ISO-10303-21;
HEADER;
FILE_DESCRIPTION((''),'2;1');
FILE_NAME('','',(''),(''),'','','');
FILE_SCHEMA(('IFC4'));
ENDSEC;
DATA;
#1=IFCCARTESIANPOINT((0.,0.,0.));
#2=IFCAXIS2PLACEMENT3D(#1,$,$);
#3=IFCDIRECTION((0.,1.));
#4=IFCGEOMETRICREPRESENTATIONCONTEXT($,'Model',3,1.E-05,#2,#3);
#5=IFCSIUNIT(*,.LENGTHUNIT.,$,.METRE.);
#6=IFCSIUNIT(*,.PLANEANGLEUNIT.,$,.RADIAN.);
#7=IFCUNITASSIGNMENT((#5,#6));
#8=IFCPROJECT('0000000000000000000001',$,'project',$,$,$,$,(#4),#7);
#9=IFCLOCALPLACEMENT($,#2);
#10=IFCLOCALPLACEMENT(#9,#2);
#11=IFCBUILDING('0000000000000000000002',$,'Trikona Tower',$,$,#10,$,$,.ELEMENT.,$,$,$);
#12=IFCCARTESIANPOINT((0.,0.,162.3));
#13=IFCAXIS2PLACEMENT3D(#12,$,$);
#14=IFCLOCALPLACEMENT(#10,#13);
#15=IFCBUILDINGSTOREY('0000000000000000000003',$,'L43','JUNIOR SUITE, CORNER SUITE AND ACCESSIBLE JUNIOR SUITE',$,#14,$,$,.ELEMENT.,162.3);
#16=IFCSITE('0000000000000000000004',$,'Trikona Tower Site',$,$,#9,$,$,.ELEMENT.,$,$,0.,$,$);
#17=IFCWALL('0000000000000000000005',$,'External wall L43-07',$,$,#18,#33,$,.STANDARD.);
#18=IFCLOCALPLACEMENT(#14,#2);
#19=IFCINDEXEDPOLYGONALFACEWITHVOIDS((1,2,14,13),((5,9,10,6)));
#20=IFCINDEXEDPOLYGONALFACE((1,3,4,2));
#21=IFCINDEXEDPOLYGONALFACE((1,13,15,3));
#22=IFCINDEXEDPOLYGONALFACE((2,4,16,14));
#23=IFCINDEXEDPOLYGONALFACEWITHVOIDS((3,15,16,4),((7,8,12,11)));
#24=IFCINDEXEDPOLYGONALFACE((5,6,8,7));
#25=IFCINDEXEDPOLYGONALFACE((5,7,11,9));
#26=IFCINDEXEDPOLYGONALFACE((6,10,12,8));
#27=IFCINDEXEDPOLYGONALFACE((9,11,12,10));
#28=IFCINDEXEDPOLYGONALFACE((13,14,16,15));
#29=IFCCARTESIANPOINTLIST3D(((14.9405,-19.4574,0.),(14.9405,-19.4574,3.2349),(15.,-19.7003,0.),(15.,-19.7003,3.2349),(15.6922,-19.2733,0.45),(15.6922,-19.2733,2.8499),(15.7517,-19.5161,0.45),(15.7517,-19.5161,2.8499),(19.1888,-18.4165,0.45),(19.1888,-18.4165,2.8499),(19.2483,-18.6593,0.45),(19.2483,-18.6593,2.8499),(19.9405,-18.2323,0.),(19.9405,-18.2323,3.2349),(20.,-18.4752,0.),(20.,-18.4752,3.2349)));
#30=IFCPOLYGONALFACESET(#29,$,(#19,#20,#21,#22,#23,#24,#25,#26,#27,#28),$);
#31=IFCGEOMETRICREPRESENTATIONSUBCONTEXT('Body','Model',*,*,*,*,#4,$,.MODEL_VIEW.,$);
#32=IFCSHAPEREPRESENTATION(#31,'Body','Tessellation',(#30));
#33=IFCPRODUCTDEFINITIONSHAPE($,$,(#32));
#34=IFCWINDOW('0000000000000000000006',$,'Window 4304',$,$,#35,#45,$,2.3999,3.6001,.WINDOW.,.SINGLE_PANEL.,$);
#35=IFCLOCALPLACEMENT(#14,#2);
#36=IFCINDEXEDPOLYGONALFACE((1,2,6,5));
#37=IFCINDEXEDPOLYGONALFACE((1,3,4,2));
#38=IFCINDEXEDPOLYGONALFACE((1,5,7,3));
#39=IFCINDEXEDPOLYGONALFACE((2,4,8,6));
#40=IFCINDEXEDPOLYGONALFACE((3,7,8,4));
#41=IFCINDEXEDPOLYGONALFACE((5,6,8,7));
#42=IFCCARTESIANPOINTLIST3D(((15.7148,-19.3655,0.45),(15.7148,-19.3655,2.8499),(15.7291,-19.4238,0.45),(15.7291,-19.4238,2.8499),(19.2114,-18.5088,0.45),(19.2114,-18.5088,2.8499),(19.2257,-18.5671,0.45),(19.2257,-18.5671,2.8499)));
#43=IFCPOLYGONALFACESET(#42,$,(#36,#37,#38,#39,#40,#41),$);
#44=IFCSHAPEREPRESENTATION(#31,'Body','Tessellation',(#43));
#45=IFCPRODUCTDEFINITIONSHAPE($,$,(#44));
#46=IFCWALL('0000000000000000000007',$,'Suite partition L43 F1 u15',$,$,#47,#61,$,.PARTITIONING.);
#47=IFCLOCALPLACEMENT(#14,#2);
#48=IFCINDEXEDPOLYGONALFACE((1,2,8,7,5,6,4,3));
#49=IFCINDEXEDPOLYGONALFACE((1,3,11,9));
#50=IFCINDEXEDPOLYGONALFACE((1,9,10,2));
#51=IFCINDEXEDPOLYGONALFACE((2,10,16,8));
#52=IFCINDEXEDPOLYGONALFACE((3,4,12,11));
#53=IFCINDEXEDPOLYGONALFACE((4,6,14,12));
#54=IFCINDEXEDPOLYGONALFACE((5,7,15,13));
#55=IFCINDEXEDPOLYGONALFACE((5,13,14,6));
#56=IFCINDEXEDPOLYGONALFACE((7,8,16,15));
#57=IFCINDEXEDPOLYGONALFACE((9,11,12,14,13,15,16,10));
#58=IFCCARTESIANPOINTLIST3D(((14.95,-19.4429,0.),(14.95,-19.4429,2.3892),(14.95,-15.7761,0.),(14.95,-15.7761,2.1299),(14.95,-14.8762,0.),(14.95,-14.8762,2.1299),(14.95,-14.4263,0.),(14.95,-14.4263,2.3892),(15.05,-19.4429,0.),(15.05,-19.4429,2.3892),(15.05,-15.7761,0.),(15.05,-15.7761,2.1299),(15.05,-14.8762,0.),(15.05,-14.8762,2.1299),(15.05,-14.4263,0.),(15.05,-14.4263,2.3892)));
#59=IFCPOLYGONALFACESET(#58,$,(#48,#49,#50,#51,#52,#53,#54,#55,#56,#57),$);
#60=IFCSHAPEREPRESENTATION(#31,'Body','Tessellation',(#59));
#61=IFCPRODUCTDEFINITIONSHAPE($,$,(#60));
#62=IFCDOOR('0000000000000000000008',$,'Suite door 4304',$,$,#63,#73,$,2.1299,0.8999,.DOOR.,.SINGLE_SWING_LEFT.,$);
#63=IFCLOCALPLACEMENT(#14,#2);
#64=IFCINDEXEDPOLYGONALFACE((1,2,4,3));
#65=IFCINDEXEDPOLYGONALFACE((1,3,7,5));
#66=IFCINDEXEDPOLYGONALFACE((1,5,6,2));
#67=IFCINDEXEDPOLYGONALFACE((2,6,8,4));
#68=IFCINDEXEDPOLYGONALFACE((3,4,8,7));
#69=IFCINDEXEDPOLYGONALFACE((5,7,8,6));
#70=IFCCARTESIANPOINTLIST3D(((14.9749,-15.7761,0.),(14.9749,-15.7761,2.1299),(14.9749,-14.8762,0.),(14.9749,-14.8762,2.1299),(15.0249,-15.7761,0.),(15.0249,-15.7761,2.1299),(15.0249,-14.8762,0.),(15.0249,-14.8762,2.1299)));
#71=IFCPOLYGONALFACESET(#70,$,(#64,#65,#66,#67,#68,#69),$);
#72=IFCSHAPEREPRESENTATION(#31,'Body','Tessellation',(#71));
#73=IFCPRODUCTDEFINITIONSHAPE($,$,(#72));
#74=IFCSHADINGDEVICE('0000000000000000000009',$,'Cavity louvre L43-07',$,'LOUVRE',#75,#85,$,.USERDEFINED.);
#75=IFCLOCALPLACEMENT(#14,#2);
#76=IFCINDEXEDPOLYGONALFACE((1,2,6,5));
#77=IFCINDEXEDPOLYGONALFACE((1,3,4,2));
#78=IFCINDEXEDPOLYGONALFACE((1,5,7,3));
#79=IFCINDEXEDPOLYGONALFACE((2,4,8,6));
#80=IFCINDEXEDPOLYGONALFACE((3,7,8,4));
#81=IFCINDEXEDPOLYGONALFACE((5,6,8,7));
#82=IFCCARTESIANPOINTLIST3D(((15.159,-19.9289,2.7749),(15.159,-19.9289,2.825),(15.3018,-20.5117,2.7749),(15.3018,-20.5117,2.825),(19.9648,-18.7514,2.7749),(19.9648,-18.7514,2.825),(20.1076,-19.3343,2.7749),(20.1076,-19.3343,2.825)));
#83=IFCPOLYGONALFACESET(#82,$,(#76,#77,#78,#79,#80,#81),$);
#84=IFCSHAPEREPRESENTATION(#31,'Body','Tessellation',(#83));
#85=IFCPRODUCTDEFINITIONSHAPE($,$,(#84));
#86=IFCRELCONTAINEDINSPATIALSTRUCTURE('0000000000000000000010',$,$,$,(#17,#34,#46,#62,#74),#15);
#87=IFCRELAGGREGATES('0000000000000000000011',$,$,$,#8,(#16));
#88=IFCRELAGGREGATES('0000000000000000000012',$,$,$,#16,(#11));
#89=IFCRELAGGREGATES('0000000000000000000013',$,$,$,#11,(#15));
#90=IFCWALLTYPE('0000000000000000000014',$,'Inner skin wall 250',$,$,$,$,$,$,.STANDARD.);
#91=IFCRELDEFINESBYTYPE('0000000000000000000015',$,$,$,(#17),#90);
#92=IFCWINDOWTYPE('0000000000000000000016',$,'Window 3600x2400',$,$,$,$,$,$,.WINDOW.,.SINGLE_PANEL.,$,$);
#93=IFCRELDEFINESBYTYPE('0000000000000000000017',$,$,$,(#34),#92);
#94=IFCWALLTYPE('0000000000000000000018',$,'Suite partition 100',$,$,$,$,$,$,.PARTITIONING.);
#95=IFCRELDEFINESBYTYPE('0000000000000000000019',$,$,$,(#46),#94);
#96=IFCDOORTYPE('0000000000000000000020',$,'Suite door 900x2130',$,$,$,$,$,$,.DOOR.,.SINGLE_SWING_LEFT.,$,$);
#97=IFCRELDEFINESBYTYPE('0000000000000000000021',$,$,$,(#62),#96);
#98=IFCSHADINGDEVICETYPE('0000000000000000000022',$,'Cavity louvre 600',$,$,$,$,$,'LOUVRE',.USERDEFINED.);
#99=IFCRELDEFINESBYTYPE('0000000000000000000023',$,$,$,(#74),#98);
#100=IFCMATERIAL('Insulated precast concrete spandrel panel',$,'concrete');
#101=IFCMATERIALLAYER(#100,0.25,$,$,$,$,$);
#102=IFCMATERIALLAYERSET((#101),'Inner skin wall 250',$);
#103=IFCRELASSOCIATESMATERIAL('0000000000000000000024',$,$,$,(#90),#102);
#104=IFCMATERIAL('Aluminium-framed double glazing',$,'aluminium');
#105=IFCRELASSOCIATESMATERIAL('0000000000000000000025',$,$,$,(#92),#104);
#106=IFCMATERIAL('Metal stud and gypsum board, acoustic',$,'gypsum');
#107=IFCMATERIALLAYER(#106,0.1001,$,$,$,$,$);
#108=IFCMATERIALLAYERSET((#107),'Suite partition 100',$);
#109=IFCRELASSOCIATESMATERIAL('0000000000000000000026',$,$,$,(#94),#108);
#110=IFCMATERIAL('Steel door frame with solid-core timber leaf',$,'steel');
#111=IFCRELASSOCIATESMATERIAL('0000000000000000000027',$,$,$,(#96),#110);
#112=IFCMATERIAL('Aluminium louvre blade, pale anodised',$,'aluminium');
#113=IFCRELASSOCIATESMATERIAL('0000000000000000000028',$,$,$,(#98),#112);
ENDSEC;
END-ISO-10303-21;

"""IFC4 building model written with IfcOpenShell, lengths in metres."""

from ifc_helpers import new_model, si_unit, direction, frame, frame_2d, origin, origin_2d, place, context, subcontext, project, spatial, rectangle, extrude, material, layer, layer_set, type_object, element, fill, save


model = new_model("IFC4")

# Units and contexts
model_context = context("Model", 3, precision=1e-05, world=origin(), true_north=direction((0.0, 1.0)))
body_context = subcontext(model_context, "Body", "Model", "MODEL_VIEW")
ifc_project = project(units=[si_unit("LENGTHUNIT", "METRE"), si_unit("PLANEANGLEUNIT", "RADIAN")], contexts=[model_context])

# Site, building, storey
site_placement = place(None, origin())
site = spatial("IfcSite", under=ifc_project, at=site_placement, Name="Trikona Tower Site", CompositionType="ELEMENT", RefElevation=0.0)
building_placement = place(site_placement, origin())
building = spatial("IfcBuilding", under=site, at=building_placement, Name="Trikona Tower", CompositionType="ELEMENT")
storey_placement = place(building_placement, frame((0.0, 0.0, 162.3)))
storey = spatial("IfcBuildingStorey", under=building, at=storey_placement, Name="L43", Description="JUNIOR SUITE, CORNER SUITE AND ACCESSIBLE JUNIOR SUITE", CompositionType="ELEMENT", Elevation=162.3)

# Wall, opening, window
ifc_material_1 = material(Name="Insulated precast concrete spandrel panel", Category="concrete")
ifc_layer_1 = layer(ifc_material_1, 0.25)
ifc_layer_set_1 = layer_set([ifc_layer_1], Name="Inner skin wall 250")
wall_type_1 = type_object("IfcWallType", Name="Inner skin wall 250", PredefinedType="STANDARD", material=ifc_layer_set_1)
wall_1_placement = place(storey_placement, frame((14.9702, -19.5789, 0.0), z_axis=(0.0, 0.0, 1.0), x_axis=(0.97127, 0.23798, 0.0)))
wall_1 = element("IfcWall", 1, at=wall_1_placement, inside=storey, type_object=wall_type_1, Name="External wall L43-07", PredefinedType="STANDARD", context=body_context, shape_type="SweptSolid", body=[
    extrude(rectangle(XDim=5.1479, YDim=0.25, at=frame_2d((2.574, 0.0))), origin(), (0.0, 0.0, 1.0), 3.2349),
])
opening_1_placement = place(wall_1_placement, frame((0.7739, 0.0, 0.45)))
opening_1 = element("IfcOpeningElement", 2, at=opening_1_placement, cuts=wall_1, PredefinedType="OPENING", context=body_context, shape_type="SweptSolid", body=[
    extrude(rectangle(XDim=3.6001, YDim=2.3999, at=frame_2d((1.8, 1.2))), frame((0.0, 0.135, 0.0), z_axis=(0.0, -1.0, 0.0), x_axis=(1.0, 0.0, 0.0)), (0.0, 0.0, 1.0), 0.27),
])
ifc_material_2 = material(Name="Aluminium-framed double glazing", Category="aluminium")
window_type = type_object("IfcWindowType", Name="Window 3600x2400", PartitioningType="SINGLE_PANEL", PredefinedType="WINDOW", material=ifc_material_2)
window_placement = place(opening_1_placement, origin())
window = element("IfcWindow", 3, at=window_placement, inside=storey, type_object=window_type, Name="Window 4304", OverallHeight=2.3999, OverallWidth=3.6001, PartitioningType="SINGLE_PANEL", PredefinedType="WINDOW", context=body_context, shape_type="SweptSolid", body=[
    extrude(rectangle(XDim=3.6001, YDim=2.3999, at=frame_2d((1.8, 1.2))), frame((0.0, 0.03, 0.0), z_axis=(0.0, -1.0, 0.0), x_axis=(1.0, 0.0, 0.0)), (0.0, 0.0, 1.0), 0.0601),
])
fill(opening_1, window)

# Wall, opening, door
ifc_material_3 = material(Name="Metal stud and gypsum board, acoustic", Category="gypsum")
ifc_layer_2 = layer(ifc_material_3, 0.1001)
ifc_layer_set_2 = layer_set([ifc_layer_2], Name="Suite partition 100")
wall_type_2 = type_object("IfcWallType", Name="Suite partition 100", PredefinedType="PARTITIONING", material=ifc_layer_set_2)
wall_2_placement = place(storey_placement, frame((15.0, -14.4263, 0.0), z_axis=(0.0, 0.0, 1.0), x_axis=(0.0, -1.0, 0.0)))
wall_2 = element("IfcWall", 4, at=wall_2_placement, inside=storey, type_object=wall_type_2, Name="Suite partition L43 F1 u15", PredefinedType="PARTITIONING", context=body_context, shape_type="SweptSolid", body=[
    extrude(rectangle(XDim=5.0166, YDim=0.1001, at=frame_2d((2.5083, 0.0))), origin(), (0.0, 0.0, 1.0), 2.3892),
])
opening_2_placement = place(wall_2_placement, frame((0.45, 0.0, 0.0)))
opening_2 = element("IfcOpeningElement", 5, at=opening_2_placement, cuts=wall_2, PredefinedType="OPENING", context=body_context, shape_type="SweptSolid", body=[
    extrude(rectangle(XDim=0.8999, YDim=2.1299, at=frame_2d((0.45, 1.0649))), frame((0.0, 0.0601, 0.0), z_axis=(0.0, -1.0, 0.0), x_axis=(1.0, 0.0, 0.0)), (0.0, 0.0, 1.0), 0.1201),
])
ifc_material_4 = material(Name="Steel door frame with solid-core timber leaf", Category="steel")
door_type = type_object("IfcDoorType", Name="Suite door 900x2130", OperationType="SINGLE_SWING_LEFT", PredefinedType="DOOR", material=ifc_material_4)
door_placement = place(opening_2_placement, origin())
door = element("IfcDoor", 6, at=door_placement, inside=storey, type_object=door_type, Name="Suite door 4304", OperationType="SINGLE_SWING_LEFT", OverallHeight=2.1299, OverallWidth=0.8999, PredefinedType="DOOR", context=body_context, shape_type="SweptSolid", body=[
    extrude(rectangle(XDim=0.8999, YDim=2.1299, at=frame_2d((0.45, 1.0649))), frame((0.0, 0.0249, 0.0), z_axis=(0.0, -1.0, 0.0), x_axis=(1.0, 0.0, 0.0)), (0.0, 0.0, 1.0), 0.05),
])
fill(opening_2, door)

# Shading device
ifc_material_5 = material(Name="Aluminium louvre blade, pale anodised", Category="aluminium")
shading_device_type = type_object("IfcShadingDeviceType", Name="Cavity louvre 600", ElementType="LOUVRE", PredefinedType="USERDEFINED", material=ifc_material_5)
shading_device_placement = place(storey_placement, frame((17.6333, -19.6316, 2.7749), z_axis=(0.0, 0.0, 1.0), x_axis=(0.971274, 0.237962, 0.0)))
element("IfcShadingDevice", 7, at=shading_device_placement, inside=storey, type_object=shading_device_type, Name="Cavity louvre L43-07", ObjectType="LOUVRE", PredefinedType="USERDEFINED", context=body_context, shape_type="SweptSolid", body=[
    extrude(rectangle(XDim=4.948, YDim=0.6001, at=origin_2d()), origin(), (0.0, 0.0, 1.0), 0.05),
])

save(model, "model.ifc")
